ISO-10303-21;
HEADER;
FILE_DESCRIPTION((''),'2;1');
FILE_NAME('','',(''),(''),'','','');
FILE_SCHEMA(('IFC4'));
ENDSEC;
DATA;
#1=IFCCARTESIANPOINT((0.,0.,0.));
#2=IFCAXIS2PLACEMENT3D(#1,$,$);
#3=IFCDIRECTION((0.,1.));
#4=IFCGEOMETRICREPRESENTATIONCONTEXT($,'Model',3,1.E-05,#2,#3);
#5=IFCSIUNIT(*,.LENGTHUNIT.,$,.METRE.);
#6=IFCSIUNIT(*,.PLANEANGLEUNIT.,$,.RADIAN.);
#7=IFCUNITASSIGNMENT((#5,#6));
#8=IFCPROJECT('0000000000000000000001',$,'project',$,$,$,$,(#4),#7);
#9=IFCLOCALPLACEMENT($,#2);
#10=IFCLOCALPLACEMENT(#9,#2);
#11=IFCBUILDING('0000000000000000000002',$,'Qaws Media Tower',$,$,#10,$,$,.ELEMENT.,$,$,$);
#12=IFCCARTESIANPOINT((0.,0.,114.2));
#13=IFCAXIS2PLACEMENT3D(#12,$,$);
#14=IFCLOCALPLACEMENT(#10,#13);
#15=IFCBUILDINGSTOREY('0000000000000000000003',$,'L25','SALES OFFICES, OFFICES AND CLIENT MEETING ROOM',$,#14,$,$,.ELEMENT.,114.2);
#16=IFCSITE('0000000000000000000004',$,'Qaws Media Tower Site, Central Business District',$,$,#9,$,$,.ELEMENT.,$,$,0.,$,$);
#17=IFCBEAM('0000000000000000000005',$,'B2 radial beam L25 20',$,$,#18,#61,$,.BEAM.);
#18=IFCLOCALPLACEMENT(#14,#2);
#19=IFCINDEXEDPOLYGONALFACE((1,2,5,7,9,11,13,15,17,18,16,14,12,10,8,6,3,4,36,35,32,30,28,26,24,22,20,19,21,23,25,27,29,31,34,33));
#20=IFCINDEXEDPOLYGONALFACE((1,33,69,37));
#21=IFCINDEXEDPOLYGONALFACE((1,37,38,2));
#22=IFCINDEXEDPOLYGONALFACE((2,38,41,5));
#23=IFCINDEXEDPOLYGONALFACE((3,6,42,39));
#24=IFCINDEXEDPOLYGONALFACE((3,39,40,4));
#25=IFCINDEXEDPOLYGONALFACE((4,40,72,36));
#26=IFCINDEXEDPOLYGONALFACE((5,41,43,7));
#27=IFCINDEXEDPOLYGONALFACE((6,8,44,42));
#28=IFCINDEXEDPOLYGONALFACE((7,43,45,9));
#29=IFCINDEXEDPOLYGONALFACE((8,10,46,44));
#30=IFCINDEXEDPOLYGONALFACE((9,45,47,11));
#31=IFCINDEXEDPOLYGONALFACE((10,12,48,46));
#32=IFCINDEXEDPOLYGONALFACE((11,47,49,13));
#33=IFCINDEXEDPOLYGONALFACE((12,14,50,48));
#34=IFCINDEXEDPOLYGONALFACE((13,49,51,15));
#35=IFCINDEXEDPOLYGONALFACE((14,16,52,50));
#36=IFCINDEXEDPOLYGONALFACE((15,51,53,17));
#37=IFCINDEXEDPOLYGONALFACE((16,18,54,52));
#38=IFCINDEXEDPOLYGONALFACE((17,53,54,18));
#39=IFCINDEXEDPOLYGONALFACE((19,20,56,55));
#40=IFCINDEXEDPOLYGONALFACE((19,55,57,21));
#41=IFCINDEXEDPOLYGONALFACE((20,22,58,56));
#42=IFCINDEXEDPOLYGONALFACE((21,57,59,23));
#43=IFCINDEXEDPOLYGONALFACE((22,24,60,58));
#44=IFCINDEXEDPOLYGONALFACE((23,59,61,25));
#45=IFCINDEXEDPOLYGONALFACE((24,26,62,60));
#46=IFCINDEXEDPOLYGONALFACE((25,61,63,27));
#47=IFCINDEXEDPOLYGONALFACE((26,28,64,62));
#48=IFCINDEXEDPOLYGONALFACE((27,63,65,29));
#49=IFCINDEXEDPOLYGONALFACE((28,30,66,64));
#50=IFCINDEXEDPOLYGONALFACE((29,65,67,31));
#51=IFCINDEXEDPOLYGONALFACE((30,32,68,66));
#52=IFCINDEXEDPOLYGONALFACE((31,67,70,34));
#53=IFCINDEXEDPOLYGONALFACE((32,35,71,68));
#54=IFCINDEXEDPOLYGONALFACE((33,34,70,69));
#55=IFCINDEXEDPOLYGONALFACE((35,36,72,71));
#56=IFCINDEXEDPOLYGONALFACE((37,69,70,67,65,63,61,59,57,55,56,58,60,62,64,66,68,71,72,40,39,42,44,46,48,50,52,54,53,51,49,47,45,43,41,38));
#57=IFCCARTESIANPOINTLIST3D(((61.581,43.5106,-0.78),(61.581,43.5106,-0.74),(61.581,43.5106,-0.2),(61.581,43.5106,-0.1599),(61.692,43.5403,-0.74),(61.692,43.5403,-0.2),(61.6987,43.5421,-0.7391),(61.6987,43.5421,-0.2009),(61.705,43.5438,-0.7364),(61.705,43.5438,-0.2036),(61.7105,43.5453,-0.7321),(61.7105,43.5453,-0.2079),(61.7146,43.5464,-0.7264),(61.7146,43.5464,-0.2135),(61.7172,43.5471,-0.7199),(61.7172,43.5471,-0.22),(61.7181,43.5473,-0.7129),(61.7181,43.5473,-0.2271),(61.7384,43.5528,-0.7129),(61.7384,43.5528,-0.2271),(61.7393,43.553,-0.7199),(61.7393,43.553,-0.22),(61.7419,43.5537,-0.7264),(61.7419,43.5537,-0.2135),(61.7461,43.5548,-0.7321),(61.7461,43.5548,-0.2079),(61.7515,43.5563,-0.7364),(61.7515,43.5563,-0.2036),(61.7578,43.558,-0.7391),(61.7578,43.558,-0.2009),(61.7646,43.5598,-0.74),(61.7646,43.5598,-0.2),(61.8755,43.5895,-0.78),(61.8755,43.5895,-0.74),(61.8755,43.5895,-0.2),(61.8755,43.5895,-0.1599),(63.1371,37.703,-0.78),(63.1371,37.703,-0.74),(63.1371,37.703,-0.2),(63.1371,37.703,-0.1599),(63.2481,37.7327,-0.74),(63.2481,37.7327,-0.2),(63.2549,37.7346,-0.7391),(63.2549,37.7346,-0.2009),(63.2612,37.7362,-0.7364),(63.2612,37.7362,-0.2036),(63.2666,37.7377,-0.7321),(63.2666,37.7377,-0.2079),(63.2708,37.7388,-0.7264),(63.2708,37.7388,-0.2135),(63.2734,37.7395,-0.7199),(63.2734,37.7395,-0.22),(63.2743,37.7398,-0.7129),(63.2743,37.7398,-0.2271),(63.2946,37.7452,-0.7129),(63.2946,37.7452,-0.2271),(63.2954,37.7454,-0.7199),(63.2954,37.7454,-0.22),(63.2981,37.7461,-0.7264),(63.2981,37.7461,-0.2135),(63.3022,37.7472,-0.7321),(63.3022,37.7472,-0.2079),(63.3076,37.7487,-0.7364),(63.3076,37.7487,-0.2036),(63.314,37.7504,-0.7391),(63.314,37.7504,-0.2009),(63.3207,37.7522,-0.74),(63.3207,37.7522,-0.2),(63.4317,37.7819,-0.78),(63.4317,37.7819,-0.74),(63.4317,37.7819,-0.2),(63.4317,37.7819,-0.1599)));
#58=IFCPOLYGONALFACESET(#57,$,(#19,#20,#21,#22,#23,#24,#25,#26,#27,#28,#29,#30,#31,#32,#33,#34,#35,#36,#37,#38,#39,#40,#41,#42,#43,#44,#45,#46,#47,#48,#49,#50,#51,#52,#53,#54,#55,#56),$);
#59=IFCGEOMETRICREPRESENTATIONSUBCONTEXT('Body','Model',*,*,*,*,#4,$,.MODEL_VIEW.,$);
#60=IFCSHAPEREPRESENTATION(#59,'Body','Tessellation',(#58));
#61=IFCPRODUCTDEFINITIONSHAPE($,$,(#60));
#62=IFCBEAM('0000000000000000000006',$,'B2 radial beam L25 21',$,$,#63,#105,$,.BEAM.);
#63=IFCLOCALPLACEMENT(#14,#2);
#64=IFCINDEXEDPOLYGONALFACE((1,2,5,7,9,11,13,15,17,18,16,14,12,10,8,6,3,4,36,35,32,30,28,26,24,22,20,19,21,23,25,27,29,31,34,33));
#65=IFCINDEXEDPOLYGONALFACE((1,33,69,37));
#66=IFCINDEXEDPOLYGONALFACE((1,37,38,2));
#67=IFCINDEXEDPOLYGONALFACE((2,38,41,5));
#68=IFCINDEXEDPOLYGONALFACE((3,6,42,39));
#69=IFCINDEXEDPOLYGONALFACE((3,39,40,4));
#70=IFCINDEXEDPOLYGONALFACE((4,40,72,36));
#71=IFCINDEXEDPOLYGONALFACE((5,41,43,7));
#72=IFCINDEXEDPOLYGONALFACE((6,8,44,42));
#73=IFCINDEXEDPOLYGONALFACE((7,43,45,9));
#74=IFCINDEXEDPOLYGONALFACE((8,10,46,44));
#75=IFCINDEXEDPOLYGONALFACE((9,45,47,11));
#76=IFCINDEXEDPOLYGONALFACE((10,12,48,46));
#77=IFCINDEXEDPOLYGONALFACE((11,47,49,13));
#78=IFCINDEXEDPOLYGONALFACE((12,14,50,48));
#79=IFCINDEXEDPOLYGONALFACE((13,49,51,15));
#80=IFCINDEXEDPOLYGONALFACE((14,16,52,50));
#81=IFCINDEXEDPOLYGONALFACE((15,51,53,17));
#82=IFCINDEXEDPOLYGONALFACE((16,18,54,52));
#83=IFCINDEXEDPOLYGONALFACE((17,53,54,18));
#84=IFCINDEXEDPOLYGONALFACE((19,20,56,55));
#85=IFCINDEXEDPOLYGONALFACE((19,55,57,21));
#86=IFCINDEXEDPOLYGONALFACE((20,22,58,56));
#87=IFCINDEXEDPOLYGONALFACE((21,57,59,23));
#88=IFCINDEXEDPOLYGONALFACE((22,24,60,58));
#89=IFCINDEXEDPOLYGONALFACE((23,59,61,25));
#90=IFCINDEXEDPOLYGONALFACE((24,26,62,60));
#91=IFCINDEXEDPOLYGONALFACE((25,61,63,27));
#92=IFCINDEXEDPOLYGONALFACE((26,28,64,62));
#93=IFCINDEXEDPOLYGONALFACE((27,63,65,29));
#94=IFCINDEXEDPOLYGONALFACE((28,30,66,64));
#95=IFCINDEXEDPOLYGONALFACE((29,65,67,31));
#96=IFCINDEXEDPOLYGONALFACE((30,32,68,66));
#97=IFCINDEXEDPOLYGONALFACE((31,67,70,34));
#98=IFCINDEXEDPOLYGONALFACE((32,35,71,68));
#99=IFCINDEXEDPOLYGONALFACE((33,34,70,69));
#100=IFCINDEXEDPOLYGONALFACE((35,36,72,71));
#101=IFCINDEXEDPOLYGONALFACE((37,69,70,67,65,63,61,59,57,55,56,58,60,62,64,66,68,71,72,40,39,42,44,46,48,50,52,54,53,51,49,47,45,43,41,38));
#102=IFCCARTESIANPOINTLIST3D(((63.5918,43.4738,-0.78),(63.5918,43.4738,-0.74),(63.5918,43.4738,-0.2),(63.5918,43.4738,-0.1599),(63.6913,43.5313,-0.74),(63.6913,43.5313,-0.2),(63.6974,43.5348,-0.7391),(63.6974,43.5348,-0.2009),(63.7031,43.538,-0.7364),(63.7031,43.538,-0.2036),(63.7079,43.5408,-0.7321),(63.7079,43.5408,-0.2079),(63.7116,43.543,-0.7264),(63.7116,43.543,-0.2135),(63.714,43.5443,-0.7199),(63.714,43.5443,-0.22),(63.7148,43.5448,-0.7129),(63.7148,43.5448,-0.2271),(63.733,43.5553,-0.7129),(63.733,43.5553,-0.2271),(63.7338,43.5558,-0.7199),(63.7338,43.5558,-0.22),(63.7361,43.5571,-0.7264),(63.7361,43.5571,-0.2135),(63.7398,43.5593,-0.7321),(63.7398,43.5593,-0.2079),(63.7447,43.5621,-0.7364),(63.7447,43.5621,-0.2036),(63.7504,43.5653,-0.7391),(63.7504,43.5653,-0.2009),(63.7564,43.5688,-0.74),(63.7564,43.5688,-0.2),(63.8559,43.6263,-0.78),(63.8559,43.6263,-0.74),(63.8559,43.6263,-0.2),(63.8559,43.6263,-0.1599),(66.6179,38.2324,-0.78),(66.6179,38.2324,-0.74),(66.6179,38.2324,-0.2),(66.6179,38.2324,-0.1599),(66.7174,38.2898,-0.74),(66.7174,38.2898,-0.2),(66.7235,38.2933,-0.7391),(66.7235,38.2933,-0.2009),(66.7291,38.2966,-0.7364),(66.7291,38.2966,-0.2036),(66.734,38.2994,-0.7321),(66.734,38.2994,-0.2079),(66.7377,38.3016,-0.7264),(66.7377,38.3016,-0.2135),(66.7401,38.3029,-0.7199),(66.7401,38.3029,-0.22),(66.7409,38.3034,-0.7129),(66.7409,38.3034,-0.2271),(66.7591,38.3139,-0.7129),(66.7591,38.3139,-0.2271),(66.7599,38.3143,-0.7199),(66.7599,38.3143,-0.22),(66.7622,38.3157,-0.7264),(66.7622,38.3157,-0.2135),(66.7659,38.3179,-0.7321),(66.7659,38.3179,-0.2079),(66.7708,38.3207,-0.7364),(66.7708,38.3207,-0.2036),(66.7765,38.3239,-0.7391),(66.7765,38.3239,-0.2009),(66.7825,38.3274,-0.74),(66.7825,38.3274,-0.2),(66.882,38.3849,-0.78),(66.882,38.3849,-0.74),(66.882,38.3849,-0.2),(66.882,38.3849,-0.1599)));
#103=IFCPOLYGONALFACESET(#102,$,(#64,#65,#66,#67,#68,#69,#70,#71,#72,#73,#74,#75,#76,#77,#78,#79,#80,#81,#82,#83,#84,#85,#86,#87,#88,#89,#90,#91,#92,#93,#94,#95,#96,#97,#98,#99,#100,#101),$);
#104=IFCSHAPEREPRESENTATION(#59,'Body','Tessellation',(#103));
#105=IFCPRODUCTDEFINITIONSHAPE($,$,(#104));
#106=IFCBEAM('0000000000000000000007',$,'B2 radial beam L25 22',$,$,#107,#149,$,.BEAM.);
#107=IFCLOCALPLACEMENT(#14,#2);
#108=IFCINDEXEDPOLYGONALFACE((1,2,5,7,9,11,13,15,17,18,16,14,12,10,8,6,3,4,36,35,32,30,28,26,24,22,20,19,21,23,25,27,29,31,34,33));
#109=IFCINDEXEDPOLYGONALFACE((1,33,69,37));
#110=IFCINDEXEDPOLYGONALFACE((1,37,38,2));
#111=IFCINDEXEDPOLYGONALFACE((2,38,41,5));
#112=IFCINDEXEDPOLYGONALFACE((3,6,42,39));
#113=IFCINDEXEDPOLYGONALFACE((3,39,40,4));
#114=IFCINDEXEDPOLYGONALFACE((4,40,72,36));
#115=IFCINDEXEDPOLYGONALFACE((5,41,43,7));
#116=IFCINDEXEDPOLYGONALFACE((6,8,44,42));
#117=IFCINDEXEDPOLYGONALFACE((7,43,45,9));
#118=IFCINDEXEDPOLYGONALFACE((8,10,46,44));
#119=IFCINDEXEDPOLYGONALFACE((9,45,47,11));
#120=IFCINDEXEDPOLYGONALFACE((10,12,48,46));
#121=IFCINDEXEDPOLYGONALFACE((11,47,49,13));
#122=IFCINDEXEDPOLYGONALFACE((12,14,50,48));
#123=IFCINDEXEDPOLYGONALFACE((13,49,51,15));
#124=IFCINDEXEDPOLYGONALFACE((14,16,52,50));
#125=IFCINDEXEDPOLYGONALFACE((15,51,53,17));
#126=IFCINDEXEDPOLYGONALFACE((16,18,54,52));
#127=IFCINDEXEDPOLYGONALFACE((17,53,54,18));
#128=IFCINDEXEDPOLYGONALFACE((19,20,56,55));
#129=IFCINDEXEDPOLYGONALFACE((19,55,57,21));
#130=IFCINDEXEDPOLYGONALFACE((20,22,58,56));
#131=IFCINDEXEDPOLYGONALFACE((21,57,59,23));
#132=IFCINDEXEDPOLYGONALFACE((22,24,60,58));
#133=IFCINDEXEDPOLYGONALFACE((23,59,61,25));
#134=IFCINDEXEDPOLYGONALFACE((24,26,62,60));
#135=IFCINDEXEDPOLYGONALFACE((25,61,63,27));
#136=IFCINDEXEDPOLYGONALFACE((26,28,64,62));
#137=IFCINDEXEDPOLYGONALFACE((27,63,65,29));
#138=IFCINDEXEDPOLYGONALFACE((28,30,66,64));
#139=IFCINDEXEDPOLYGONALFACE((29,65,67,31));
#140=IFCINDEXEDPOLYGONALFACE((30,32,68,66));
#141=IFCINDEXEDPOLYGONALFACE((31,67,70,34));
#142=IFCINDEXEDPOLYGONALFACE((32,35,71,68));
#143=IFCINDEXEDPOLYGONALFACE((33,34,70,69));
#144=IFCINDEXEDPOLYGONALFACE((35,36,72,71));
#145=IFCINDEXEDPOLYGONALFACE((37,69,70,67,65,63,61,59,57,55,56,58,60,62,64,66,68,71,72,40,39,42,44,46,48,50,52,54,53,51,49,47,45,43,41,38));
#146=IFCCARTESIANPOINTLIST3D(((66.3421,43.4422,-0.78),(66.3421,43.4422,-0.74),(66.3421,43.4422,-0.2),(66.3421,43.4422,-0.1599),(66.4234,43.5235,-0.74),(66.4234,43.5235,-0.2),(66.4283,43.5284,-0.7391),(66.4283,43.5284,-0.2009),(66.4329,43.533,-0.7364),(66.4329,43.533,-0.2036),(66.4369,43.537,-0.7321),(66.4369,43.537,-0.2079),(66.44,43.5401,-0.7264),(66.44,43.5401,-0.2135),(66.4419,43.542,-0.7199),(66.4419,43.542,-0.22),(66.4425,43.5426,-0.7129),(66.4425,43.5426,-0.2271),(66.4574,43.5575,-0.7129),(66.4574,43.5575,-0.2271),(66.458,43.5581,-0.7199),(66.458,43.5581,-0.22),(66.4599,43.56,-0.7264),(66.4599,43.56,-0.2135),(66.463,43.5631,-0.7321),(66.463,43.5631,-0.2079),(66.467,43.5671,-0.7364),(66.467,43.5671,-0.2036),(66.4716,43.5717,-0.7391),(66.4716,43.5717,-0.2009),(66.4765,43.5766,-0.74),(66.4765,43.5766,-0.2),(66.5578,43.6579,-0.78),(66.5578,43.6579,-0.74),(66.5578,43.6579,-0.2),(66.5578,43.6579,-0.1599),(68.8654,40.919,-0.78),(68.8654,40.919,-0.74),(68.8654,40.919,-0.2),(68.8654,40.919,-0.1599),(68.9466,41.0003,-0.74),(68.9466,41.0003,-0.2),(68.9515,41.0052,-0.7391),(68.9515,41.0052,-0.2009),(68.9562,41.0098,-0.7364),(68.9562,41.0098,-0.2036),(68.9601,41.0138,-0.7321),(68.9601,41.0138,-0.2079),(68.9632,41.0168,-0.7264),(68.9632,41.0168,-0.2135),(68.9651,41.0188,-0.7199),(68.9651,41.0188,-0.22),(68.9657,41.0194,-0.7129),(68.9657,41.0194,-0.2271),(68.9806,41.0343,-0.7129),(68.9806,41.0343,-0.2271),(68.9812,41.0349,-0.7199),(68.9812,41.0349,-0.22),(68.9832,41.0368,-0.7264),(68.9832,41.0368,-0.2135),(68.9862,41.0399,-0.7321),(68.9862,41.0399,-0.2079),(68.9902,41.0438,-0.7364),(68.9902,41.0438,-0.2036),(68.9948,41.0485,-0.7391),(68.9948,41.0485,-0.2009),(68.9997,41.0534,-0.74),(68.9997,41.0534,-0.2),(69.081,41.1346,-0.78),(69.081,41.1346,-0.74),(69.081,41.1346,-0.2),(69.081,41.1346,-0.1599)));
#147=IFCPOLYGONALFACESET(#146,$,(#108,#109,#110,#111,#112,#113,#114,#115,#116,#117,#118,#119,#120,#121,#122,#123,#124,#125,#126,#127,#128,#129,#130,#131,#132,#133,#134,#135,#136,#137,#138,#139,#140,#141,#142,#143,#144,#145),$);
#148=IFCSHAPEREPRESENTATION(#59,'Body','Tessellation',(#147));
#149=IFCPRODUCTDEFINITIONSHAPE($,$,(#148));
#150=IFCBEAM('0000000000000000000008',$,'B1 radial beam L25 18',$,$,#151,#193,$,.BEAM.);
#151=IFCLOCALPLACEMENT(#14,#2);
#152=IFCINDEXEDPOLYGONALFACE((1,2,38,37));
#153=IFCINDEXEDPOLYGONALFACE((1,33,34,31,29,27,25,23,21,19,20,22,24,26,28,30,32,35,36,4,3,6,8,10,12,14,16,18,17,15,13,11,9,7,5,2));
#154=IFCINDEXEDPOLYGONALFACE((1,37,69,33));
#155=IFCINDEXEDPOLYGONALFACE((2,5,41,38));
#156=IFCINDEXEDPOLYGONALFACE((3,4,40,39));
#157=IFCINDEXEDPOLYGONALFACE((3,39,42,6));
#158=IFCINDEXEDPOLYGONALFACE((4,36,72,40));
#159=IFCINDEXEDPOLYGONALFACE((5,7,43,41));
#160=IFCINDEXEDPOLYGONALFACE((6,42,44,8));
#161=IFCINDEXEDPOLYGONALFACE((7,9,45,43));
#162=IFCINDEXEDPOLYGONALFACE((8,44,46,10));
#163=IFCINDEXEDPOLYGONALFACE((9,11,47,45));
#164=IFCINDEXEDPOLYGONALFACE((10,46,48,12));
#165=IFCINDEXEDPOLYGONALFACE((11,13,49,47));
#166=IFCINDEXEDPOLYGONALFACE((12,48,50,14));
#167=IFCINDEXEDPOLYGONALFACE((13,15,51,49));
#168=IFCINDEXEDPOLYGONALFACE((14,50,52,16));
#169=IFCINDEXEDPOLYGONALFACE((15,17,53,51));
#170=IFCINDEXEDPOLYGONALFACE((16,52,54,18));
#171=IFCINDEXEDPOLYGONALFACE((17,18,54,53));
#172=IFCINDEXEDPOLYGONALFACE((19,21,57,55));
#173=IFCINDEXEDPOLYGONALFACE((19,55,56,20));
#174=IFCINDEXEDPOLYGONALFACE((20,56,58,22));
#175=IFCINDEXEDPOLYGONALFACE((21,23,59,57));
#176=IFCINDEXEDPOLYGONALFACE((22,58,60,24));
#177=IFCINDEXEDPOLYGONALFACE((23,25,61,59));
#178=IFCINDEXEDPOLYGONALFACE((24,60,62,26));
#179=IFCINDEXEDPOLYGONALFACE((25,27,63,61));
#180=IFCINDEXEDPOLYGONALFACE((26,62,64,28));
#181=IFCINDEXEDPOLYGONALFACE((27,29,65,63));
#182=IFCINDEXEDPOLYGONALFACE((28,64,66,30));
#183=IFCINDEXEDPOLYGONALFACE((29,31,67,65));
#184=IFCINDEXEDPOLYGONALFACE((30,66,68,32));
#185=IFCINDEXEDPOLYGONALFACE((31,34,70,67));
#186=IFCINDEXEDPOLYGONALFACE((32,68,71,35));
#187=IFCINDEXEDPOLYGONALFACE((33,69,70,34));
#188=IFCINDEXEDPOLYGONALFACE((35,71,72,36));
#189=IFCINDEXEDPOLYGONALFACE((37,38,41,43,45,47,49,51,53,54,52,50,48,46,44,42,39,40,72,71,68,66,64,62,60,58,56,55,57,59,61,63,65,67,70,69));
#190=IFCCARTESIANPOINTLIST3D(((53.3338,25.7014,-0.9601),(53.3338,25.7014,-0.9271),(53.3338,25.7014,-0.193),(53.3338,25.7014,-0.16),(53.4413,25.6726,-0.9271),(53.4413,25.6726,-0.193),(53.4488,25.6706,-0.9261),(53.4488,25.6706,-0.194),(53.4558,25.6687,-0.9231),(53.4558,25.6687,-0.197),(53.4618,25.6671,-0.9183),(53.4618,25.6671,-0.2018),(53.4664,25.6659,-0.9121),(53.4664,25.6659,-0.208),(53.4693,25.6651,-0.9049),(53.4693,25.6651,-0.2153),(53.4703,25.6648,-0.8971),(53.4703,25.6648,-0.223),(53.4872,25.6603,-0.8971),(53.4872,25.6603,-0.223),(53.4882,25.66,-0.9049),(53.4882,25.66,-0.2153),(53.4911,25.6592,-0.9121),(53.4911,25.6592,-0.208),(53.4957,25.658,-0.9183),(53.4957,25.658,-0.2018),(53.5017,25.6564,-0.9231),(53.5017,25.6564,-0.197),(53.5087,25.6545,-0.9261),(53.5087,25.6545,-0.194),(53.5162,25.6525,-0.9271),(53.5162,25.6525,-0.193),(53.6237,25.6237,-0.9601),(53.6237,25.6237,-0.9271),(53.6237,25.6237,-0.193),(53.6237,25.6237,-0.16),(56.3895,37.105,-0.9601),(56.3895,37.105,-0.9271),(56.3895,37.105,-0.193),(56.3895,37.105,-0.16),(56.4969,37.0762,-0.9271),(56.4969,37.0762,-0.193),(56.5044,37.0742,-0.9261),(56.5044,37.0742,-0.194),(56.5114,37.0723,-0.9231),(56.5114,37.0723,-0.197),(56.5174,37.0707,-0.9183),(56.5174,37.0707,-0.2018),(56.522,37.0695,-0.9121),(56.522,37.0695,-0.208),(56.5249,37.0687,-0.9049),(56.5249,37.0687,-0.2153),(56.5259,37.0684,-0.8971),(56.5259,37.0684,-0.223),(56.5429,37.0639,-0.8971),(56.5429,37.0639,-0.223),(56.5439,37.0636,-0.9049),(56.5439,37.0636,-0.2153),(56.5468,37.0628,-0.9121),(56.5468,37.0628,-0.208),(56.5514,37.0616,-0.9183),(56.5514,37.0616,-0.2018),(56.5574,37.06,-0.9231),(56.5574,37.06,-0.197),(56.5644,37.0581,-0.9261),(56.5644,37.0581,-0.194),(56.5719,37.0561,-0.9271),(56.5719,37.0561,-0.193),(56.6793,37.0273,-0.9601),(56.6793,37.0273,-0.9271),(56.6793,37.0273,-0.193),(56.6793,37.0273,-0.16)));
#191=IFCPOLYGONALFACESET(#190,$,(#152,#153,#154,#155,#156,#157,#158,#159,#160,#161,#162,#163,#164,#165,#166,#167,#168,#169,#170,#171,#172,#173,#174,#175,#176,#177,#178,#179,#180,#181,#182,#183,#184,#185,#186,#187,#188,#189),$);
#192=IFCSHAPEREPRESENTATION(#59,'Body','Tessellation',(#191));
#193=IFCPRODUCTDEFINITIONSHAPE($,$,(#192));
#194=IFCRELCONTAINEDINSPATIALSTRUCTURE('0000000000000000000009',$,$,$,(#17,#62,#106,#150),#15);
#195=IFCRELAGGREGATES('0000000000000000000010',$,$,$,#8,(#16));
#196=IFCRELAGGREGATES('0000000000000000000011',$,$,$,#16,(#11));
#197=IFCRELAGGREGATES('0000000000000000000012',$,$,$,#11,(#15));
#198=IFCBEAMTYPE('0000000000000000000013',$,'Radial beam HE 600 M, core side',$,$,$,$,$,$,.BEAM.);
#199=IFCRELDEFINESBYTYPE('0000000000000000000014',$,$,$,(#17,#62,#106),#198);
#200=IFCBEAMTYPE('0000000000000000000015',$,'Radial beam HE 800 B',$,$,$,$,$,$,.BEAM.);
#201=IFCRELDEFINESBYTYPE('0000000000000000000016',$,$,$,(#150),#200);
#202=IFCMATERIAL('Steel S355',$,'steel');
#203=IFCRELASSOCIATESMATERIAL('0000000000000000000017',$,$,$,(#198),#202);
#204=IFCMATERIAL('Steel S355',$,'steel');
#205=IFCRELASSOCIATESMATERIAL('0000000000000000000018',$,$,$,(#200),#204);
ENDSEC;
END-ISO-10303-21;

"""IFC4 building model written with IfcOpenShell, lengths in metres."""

from ifc_helpers import new_model, si_unit, direction, frame, origin, origin_2d, place, context, subcontext, project, spatial, i_section, extrude, material, material_profile, profile_set, type_object, element, save


model = new_model("IFC4")

# Units and contexts
model_context = context("Model", 3, precision=1e-05, world=origin(), true_north=direction((0.0, 1.0)))
body_context = subcontext(model_context, "Body", "Model", "MODEL_VIEW")
ifc_project = project(units=[si_unit("LENGTHUNIT", "METRE"), si_unit("PLANEANGLEUNIT", "RADIAN")], contexts=[model_context])

# Site, building, storey
site_placement = place(None, origin())
site = spatial("IfcSite", under=ifc_project, at=site_placement, Name="Qaws Media Tower Site, Central Business District", CompositionType="ELEMENT", RefElevation=0.0)
building_placement = place(site_placement, origin())
building = spatial("IfcBuilding", under=site, at=building_placement, Name="Qaws Media Tower", CompositionType="ELEMENT")
storey_placement = place(building_placement, frame((0.0, 0.0, 114.2)))
storey = spatial("IfcBuildingStorey", under=building, at=storey_placement, Name="L25", Description="SALES OFFICES, OFFICES AND CLIENT MEETING ROOM", CompositionType="ELEMENT", Elevation=114.2)

# Beams
ifc_material_1 = material(Name="Steel S355", Category="steel")
ifc_material_profile_1 = material_profile(ifc_material_1, i_section(OverallWidth=0.3049, OverallDepth=0.6201, WebThickness=0.021, FlangeThickness=0.04, FilletRadius=0.0271, at=origin_2d()), Name="HE 600 M")
ifc_profile_set_1 = profile_set([ifc_material_profile_1], Name="Steel S355")
beam_type_1 = type_object("IfcBeamType", Name="Radial beam HE 600 M, core side", PredefinedType="BEAM", material=ifc_profile_set_1)
beam_1_placement = place(storey_placement, frame((61.7283, 43.55, -0.47), z_axis=(0.25882, -0.965926, 0.0), x_axis=(0.965926, 0.25882, 0.0)))
element("IfcBeam", 1, at=beam_1_placement, inside=storey, type_object=beam_type_1, Name="B2 radial beam L25 20", PredefinedType="BEAM", context=body_context, shape_type="SweptSolid", body=[
    extrude(i_section(OverallWidth=0.3049, OverallDepth=0.6201, WebThickness=0.021, FlangeThickness=0.04, FilletRadius=0.0271, at=origin_2d()), origin(), (0.0, 0.0, 1.0), 6.0125),
])
beam_2_placement = place(storey_placement, frame((63.7239, 43.55, -0.47), z_axis=(0.499996, -0.866028, 0.0), x_axis=(0.866028, 0.499996, 0.0)))
element("IfcBeam", 2, at=beam_2_placement, inside=storey, type_object=beam_type_1, Name="B2 radial beam L25 21", PredefinedType="BEAM", context=body_context, shape_type="SweptSolid", body=[
    extrude(i_section(OverallWidth=0.3049, OverallDepth=0.6201, WebThickness=0.021, FlangeThickness=0.04, FilletRadius=0.0271, at=origin_2d()), origin(), (0.0, 0.0, 1.0), 6.0522),
])
beam_3_placement = place(storey_placement, frame((66.45, 43.55, -0.47), z_axis=(0.707107, -0.707107, 0.0), x_axis=(0.707107, 0.707107, 0.0)))
element("IfcBeam", 3, at=beam_3_placement, inside=storey, type_object=beam_type_1, Name="B2 radial beam L25 22", PredefinedType="BEAM", context=body_context, shape_type="SweptSolid", body=[
    extrude(i_section(OverallWidth=0.3049, OverallDepth=0.6201, WebThickness=0.021, FlangeThickness=0.04, FilletRadius=0.0271, at=origin_2d()), origin(), (0.0, 0.0, 1.0), 3.5684),
])
ifc_material_2 = material(Name="Steel S355", Category="steel")
ifc_material_profile_2 = material_profile(ifc_material_2, i_section(OverallWidth=0.3, OverallDepth=0.8, WebThickness=0.0176, FlangeThickness=0.033, FilletRadius=0.03, at=origin_2d()), Name="HE 800 B")
ifc_profile_set_2 = profile_set([ifc_material_profile_2], Name="Steel S355")
beam_type_2 = type_object("IfcBeamType", Name="Radial beam HE 800 B", PredefinedType="BEAM", material=ifc_profile_set_2)
beam_4_placement = place(storey_placement, frame((56.5344, 37.0662, -0.5601), z_axis=(-0.258826, -0.965924, 0.0), x_axis=(0.965924, -0.258826, 0.0)))
element("IfcBeam", 4, at=beam_4_placement, inside=storey, type_object=beam_type_2, Name="B1 radial beam L25 18", PredefinedType="BEAM", context=body_context, shape_type="SweptSolid", body=[
    extrude(i_section(OverallWidth=0.3, OverallDepth=0.8, WebThickness=0.0176, FlangeThickness=0.033, FilletRadius=0.03, at=origin_2d()), origin(), (0.0, 0.0, 1.0), 11.8059),
])

save(model, "model.ifc")
